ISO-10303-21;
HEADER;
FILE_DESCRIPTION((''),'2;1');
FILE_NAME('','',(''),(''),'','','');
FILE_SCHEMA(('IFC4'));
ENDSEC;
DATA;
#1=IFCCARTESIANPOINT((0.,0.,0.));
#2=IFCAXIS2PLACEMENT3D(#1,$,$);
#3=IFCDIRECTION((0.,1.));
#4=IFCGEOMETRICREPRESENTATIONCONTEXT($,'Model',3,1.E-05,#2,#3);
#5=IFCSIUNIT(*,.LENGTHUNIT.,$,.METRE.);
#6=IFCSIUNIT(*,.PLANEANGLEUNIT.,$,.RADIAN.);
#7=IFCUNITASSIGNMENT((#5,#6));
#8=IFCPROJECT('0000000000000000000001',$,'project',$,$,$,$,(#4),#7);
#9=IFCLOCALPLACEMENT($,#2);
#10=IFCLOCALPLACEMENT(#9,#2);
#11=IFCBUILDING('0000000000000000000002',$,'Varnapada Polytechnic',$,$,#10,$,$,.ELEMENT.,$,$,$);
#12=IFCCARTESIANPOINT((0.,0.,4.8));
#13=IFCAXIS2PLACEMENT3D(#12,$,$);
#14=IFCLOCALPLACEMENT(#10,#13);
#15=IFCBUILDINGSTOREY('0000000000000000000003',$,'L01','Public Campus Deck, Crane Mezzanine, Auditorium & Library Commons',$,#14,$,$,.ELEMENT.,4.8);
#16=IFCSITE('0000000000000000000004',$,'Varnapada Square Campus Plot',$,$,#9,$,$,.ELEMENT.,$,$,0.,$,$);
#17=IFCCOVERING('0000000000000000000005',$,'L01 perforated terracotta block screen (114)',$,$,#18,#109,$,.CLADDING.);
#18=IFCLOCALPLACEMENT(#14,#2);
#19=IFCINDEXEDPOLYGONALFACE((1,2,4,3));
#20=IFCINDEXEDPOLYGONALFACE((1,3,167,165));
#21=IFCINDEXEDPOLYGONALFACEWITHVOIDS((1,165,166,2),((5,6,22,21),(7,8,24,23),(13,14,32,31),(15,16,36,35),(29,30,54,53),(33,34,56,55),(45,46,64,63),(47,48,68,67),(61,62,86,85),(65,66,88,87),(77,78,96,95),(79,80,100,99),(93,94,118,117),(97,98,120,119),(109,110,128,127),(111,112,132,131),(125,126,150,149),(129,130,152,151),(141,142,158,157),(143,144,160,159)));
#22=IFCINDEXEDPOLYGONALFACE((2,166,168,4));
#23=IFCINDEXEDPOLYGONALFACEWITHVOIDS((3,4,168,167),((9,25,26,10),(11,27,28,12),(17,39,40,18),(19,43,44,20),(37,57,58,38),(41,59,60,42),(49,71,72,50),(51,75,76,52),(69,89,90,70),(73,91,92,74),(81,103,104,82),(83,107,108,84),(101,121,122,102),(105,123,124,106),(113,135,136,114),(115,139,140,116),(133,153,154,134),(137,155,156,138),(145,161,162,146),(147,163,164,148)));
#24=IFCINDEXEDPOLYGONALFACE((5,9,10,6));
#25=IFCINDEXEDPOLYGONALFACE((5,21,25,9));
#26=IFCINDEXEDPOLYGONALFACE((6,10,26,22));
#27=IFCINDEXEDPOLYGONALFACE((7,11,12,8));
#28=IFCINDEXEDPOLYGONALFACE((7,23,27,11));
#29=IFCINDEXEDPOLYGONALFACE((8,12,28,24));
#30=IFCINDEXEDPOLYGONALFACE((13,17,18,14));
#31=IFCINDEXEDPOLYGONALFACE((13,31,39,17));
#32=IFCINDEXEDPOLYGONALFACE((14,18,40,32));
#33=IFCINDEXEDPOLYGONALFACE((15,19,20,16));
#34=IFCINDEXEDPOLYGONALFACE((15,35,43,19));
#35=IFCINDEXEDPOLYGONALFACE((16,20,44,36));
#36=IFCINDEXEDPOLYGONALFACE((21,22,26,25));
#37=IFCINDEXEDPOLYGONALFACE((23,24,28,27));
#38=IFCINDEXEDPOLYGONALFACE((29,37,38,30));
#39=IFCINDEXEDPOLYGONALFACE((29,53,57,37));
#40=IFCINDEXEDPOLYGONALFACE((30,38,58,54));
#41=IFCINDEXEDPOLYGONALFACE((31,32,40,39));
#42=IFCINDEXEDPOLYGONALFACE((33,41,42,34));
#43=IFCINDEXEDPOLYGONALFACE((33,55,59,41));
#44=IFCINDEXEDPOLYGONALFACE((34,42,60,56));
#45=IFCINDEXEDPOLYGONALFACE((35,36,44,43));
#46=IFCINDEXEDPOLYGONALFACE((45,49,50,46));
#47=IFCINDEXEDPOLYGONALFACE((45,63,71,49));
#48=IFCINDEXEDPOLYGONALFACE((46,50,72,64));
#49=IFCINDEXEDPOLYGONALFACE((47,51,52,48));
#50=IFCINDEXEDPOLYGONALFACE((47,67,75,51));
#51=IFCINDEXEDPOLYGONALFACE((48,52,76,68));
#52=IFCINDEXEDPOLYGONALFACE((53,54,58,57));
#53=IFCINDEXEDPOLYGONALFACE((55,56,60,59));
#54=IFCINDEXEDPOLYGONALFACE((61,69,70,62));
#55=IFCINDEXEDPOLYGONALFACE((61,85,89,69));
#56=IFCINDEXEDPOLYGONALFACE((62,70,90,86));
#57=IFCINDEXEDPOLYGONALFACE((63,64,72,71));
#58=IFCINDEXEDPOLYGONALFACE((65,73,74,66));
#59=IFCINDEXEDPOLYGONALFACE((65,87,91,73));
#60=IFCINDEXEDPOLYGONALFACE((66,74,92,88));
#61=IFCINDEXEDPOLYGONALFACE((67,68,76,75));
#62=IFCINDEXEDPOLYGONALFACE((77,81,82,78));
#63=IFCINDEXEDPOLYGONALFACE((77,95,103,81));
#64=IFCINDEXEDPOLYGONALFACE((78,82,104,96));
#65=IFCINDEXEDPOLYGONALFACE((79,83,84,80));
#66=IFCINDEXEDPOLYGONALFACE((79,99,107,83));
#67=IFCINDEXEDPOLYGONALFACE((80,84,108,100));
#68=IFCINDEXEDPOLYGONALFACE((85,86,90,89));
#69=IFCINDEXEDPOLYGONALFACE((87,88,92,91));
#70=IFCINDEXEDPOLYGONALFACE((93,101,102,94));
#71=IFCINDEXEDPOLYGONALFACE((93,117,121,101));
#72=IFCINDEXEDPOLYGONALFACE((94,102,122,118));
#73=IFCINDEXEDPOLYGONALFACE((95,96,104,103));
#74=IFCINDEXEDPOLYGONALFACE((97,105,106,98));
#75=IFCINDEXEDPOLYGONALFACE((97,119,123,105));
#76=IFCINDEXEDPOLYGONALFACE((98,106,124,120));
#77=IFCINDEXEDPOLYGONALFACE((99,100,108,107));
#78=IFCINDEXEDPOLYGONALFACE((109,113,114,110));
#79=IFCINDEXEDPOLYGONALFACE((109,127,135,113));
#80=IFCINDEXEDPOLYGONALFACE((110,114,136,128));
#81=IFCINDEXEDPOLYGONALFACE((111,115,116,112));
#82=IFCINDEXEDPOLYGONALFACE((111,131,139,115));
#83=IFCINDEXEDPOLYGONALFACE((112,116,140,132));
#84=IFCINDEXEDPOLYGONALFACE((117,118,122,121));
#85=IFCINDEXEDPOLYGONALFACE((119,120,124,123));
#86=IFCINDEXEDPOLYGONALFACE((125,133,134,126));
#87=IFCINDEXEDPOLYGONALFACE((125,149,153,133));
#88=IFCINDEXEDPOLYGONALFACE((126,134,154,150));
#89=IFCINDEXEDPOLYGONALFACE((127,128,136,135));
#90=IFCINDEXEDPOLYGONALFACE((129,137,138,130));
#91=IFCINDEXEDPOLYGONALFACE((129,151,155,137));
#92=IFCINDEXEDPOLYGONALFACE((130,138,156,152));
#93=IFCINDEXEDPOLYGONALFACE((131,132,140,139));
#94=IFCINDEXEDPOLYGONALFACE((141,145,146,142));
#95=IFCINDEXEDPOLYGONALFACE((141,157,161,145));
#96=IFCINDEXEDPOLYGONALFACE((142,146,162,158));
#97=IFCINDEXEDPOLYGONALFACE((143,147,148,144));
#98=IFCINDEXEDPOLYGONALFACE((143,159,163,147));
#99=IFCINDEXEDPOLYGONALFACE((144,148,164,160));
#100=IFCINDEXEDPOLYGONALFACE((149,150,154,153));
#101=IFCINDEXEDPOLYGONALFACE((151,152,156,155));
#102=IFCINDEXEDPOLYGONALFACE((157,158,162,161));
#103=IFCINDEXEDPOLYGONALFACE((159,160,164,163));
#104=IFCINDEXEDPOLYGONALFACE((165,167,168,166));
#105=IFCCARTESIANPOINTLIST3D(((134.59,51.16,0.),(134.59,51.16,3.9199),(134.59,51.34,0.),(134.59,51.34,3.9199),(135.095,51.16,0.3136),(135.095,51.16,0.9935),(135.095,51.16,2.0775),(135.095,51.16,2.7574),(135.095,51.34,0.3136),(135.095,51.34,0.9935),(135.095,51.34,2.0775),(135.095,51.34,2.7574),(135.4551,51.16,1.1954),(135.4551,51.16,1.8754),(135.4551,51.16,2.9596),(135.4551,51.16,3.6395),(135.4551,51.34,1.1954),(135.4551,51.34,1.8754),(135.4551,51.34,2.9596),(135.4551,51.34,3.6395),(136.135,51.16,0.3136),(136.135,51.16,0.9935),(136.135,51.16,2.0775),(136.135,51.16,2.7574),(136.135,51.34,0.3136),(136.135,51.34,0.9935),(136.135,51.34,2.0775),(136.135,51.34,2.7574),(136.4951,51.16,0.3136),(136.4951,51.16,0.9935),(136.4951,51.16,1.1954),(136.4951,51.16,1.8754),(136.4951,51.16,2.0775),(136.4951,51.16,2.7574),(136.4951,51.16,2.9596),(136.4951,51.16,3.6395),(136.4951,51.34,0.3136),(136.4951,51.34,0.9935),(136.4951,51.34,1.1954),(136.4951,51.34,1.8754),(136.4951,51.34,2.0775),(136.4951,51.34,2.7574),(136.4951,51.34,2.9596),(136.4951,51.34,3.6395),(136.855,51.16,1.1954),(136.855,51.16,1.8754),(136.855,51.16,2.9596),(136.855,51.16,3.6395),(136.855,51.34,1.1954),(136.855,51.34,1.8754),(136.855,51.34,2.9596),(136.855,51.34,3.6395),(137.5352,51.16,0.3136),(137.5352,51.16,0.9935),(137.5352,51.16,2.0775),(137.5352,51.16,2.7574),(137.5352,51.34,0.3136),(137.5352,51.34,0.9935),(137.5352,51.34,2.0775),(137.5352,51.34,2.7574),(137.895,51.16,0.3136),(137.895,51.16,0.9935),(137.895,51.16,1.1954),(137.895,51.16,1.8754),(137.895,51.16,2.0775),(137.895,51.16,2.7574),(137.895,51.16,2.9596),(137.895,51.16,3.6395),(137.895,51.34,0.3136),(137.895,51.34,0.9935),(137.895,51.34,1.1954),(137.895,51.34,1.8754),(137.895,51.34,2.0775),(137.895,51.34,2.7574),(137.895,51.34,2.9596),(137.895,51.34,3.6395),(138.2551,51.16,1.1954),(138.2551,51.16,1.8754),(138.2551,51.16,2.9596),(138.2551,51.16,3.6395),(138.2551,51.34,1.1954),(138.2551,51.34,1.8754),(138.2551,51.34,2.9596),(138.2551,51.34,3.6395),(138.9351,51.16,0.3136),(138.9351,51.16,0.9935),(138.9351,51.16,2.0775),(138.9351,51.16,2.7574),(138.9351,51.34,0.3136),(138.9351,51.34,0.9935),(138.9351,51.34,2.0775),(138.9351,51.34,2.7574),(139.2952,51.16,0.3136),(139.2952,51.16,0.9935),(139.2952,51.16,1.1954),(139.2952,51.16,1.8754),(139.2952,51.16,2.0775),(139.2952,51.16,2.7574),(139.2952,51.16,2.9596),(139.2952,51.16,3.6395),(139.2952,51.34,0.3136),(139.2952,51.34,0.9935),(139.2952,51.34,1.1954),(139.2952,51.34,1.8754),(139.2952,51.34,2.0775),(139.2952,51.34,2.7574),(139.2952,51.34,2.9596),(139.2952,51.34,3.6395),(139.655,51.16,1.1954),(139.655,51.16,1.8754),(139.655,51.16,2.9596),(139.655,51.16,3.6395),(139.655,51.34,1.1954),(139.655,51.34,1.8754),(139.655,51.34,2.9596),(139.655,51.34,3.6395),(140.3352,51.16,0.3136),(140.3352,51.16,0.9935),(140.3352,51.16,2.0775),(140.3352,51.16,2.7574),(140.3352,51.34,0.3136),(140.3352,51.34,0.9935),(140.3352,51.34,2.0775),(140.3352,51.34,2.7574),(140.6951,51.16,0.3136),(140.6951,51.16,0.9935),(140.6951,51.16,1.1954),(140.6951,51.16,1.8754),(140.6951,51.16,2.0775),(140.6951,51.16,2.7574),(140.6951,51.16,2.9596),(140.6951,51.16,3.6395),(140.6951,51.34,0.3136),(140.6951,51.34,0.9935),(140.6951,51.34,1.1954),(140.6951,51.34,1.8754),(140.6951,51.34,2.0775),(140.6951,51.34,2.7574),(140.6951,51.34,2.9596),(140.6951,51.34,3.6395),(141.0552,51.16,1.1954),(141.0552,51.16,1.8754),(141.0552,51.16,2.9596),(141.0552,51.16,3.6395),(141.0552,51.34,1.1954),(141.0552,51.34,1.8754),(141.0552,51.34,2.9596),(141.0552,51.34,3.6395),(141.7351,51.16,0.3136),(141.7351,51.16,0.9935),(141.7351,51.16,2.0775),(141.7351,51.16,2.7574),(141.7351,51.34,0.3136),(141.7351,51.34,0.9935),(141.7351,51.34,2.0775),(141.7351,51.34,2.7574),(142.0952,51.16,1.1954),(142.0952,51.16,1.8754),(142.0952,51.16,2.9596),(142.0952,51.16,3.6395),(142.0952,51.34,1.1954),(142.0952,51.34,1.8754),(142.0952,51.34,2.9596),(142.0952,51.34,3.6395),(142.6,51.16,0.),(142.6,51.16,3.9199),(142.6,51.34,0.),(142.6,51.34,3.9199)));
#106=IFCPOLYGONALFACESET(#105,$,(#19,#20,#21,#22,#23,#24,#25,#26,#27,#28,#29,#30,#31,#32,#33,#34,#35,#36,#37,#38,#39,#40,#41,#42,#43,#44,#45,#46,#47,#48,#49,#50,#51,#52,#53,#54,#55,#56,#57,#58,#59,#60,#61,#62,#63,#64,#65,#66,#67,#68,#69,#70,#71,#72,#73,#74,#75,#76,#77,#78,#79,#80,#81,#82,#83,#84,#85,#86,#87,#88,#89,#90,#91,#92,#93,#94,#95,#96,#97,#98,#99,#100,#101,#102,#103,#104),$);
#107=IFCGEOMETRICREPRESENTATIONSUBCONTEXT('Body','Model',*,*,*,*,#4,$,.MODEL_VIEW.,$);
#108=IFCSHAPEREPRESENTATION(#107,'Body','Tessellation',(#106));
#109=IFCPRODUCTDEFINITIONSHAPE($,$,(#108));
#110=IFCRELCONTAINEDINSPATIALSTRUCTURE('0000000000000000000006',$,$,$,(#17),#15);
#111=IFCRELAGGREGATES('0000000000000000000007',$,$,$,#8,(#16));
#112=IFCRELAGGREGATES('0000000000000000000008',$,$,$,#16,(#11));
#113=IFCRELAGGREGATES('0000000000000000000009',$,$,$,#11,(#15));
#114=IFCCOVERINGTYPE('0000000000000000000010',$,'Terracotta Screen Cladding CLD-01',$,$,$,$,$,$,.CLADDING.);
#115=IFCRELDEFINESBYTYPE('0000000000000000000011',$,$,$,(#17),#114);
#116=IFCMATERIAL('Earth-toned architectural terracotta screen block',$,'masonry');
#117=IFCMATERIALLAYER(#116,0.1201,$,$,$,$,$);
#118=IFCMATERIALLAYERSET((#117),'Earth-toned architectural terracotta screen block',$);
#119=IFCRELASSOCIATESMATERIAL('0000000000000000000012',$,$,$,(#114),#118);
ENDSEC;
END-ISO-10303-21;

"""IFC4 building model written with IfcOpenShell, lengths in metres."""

from ifc_helpers import new_model, si_unit, direction, frame, frame_2d, origin, place, context, subcontext, project, spatial, rectangle, extrude, material, layer, layer_set, type_object, element, save


model = new_model("IFC4")

# Units and contexts
model_context = context("Model", 3, precision=1e-05, world=origin(), true_north=direction((0.0, 1.0)))
body_context = subcontext(model_context, "Body", "Model", "MODEL_VIEW")
ifc_project = project(units=[si_unit("LENGTHUNIT", "METRE"), si_unit("PLANEANGLEUNIT", "RADIAN")], contexts=[model_context])

# Site, building, storey
site_placement = place(None, origin())
site = spatial("IfcSite", under=ifc_project, at=site_placement, Name="Varnapada Square Campus Plot", CompositionType="ELEMENT", RefElevation=0.0)
building_placement = place(site_placement, origin())
building = spatial("IfcBuilding", under=site, at=building_placement, Name="Varnapada Polytechnic", CompositionType="ELEMENT")
storey_placement = place(building_placement, frame((0.0, 0.0, 4.8)))
storey = spatial("IfcBuildingStorey", under=building, at=storey_placement, Name="L01", Description="Public Campus Deck, Crane Mezzanine, Auditorium & Library Commons", CompositionType="ELEMENT", Elevation=4.8)

# Covering, openings
ifc_material_1 = material(Name="Earth-toned architectural terracotta screen block", Category="masonry")
ifc_layer_1 = layer(ifc_material_1, 0.1201)
ifc_layer_set_1 = layer_set([ifc_layer_1], Name="Earth-toned architectural terracotta screen block")
covering_type = type_object("IfcCoveringType", Name="Terracotta Screen Cladding CLD-01", PredefinedType="CLADDING", material=ifc_layer_set_1)
covering_placement = place(storey_placement, frame((134.5901, 51.25, 0.0), z_axis=(0.0, 0.0, 1.0), x_axis=(1.0, 0.0, 0.0)))
covering = element("IfcCovering", 1, at=covering_placement, inside=storey, type_object=covering_type, Name="L01 perforated terracotta block screen (114)", PredefinedType="CLADDING", context=body_context, shape_type="SweptSolid", body=[
    extrude(rectangle(XDim=8.01, YDim=0.1799, at=frame_2d((4.0049, 0.0))), origin(), (0.0, 0.0, 1.0), 3.9199),
])
opening_1_placement = place(covering_placement, frame((0.5049, 0.0, 0.3137)))
element("IfcOpeningElement", 2, at=opening_1_placement, cuts=covering, PredefinedType="OPENING", context=body_context, shape_type="SweptSolid", body=[
    extrude(rectangle(XDim=1.04, YDim=0.6799, at=frame_2d((0.52, 0.3398))), frame((0.0, 0.0999, 0.0), z_axis=(0.0, -1.0, 0.0), x_axis=(1.0, 0.0, 0.0)), (0.0, 0.0, 1.0), 0.2),
])
opening_2_placement = place(covering_placement, frame((1.905, 0.0, 0.3137)))
element("IfcOpeningElement", 3, at=opening_2_placement, cuts=covering, PredefinedType="OPENING", context=body_context, shape_type="SweptSolid", body=[
    extrude(rectangle(XDim=1.04, YDim=0.6799, at=frame_2d((0.52, 0.3398))), frame((0.0, 0.0999, 0.0), z_axis=(0.0, -1.0, 0.0), x_axis=(1.0, 0.0, 0.0)), (0.0, 0.0, 1.0), 0.2),
])
opening_3_placement = place(covering_placement, frame((3.3049, 0.0, 0.3137)))
element("IfcOpeningElement", 4, at=opening_3_placement, cuts=covering, PredefinedType="OPENING", context=body_context, shape_type="SweptSolid", body=[
    extrude(rectangle(XDim=1.04, YDim=0.6799, at=frame_2d((0.52, 0.3398))), frame((0.0, 0.0999, 0.0), z_axis=(0.0, -1.0, 0.0), x_axis=(1.0, 0.0, 0.0)), (0.0, 0.0, 1.0), 0.2),
])
opening_4_placement = place(covering_placement, frame((4.7051, 0.0, 0.3137)))
element("IfcOpeningElement", 5, at=opening_4_placement, cuts=covering, PredefinedType="OPENING", context=body_context, shape_type="SweptSolid", body=[
    extrude(rectangle(XDim=1.04, YDim=0.6799, at=frame_2d((0.52, 0.3398))), frame((0.0, 0.0999, 0.0), z_axis=(0.0, -1.0, 0.0), x_axis=(1.0, 0.0, 0.0)), (0.0, 0.0, 1.0), 0.2),
])
opening_5_placement = place(covering_placement, frame((6.105, 0.0, 0.3137)))
element("IfcOpeningElement", 6, at=opening_5_placement, cuts=covering, PredefinedType="OPENING", context=body_context, shape_type="SweptSolid", body=[
    extrude(rectangle(XDim=1.04, YDim=0.6799, at=frame_2d((0.52, 0.3398))), frame((0.0, 0.0999, 0.0), z_axis=(0.0, -1.0, 0.0), x_axis=(1.0, 0.0, 0.0)), (0.0, 0.0, 1.0), 0.2),
])
opening_6_placement = place(covering_placement, frame((0.865, 0.0, 1.1956)))
element("IfcOpeningElement", 7, at=opening_6_placement, cuts=covering, PredefinedType="OPENING", context=body_context, shape_type="SweptSolid", body=[
    extrude(rectangle(XDim=1.04, YDim=0.6799, at=frame_2d((0.52, 0.3398))), frame((0.0, 0.0999, 0.0), z_axis=(0.0, -1.0, 0.0), x_axis=(1.0, 0.0, 0.0)), (0.0, 0.0, 1.0), 0.2),
])
opening_7_placement = place(covering_placement, frame((2.2649, 0.0, 1.1956)))
element("IfcOpeningElement", 8, at=opening_7_placement, cuts=covering, PredefinedType="OPENING", context=body_context, shape_type="SweptSolid", body=[
    extrude(rectangle(XDim=1.04, YDim=0.6799, at=frame_2d((0.52, 0.3398))), frame((0.0, 0.0999, 0.0), z_axis=(0.0, -1.0, 0.0), x_axis=(1.0, 0.0, 0.0)), (0.0, 0.0, 1.0), 0.2),
])
opening_8_placement = place(covering_placement, frame((3.665, 0.0, 1.1956)))
element("IfcOpeningElement", 9, at=opening_8_placement, cuts=covering, PredefinedType="OPENING", context=body_context, shape_type="SweptSolid", body=[
    extrude(rectangle(XDim=1.04, YDim=0.6799, at=frame_2d((0.52, 0.3398))), frame((0.0, 0.0999, 0.0), z_axis=(0.0, -1.0, 0.0), x_axis=(1.0, 0.0, 0.0)), (0.0, 0.0, 1.0), 0.2),
])
opening_9_placement = place(covering_placement, frame((5.0649, 0.0, 1.1956)))
element("IfcOpeningElement", 10, at=opening_9_placement, cuts=covering, PredefinedType="OPENING", context=body_context, shape_type="SweptSolid", body=[
    extrude(rectangle(XDim=1.04, YDim=0.6799, at=frame_2d((0.52, 0.3398))), frame((0.0, 0.0999, 0.0), z_axis=(0.0, -1.0, 0.0), x_axis=(1.0, 0.0, 0.0)), (0.0, 0.0, 1.0), 0.2),
])
opening_10_placement = place(covering_placement, frame((6.4651, 0.0, 1.1956)))
element("IfcOpeningElement", 11, at=opening_10_placement, cuts=covering, PredefinedType="OPENING", context=body_context, shape_type="SweptSolid", body=[
    extrude(rectangle(XDim=1.04, YDim=0.6799, at=frame_2d((0.52, 0.3398))), frame((0.0, 0.0999, 0.0), z_axis=(0.0, -1.0, 0.0), x_axis=(1.0, 0.0, 0.0)), (0.0, 0.0, 1.0), 0.2),
])
opening_11_placement = place(covering_placement, frame((0.5049, 0.0, 2.0776)))
element("IfcOpeningElement", 12, at=opening_11_placement, cuts=covering, PredefinedType="OPENING", context=body_context, shape_type="SweptSolid", body=[
    extrude(rectangle(XDim=1.04, YDim=0.6799, at=frame_2d((0.52, 0.3398))), frame((0.0, 0.0999, 0.0), z_axis=(0.0, -1.0, 0.0), x_axis=(1.0, 0.0, 0.0)), (0.0, 0.0, 1.0), 0.2),
])
opening_12_placement = place(covering_placement, frame((1.905, 0.0, 2.0776)))
element("IfcOpeningElement", 13, at=opening_12_placement, cuts=covering, PredefinedType="OPENING", context=body_context, shape_type="SweptSolid", body=[
    extrude(rectangle(XDim=1.04, YDim=0.6799, at=frame_2d((0.52, 0.3398))), frame((0.0, 0.0999, 0.0), z_axis=(0.0, -1.0, 0.0), x_axis=(1.0, 0.0, 0.0)), (0.0, 0.0, 1.0), 0.2),
])
opening_13_placement = place(covering_placement, frame((3.3049, 0.0, 2.0776)))
element("IfcOpeningElement", 14, at=opening_13_placement, cuts=covering, PredefinedType="OPENING", context=body_context, shape_type="SweptSolid", body=[
    extrude(rectangle(XDim=1.04, YDim=0.6799, at=frame_2d((0.52, 0.3398))), frame((0.0, 0.0999, 0.0), z_axis=(0.0, -1.0, 0.0), x_axis=(1.0, 0.0, 0.0)), (0.0, 0.0, 1.0), 0.2),
])
opening_14_placement = place(covering_placement, frame((4.7051, 0.0, 2.0776)))
element("IfcOpeningElement", 15, at=opening_14_placement, cuts=covering, PredefinedType="OPENING", context=body_context, shape_type="SweptSolid", body=[
    extrude(rectangle(XDim=1.04, YDim=0.6799, at=frame_2d((0.52, 0.3398))), frame((0.0, 0.0999, 0.0), z_axis=(0.0, -1.0, 0.0), x_axis=(1.0, 0.0, 0.0)), (0.0, 0.0, 1.0), 0.2),
])
opening_15_placement = place(covering_placement, frame((6.105, 0.0, 2.0776)))
element("IfcOpeningElement", 16, at=opening_15_placement, cuts=covering, PredefinedType="OPENING", context=body_context, shape_type="SweptSolid", body=[
    extrude(rectangle(XDim=1.04, YDim=0.6799, at=frame_2d((0.52, 0.3398))), frame((0.0, 0.0999, 0.0), z_axis=(0.0, -1.0, 0.0), x_axis=(1.0, 0.0, 0.0)), (0.0, 0.0, 1.0), 0.2),
])
opening_16_placement = place(covering_placement, frame((0.865, 0.0, 2.9597)))
element("IfcOpeningElement", 17, at=opening_16_placement, cuts=covering, PredefinedType="OPENING", context=body_context, shape_type="SweptSolid", body=[
    extrude(rectangle(XDim=1.04, YDim=0.6799, at=frame_2d((0.52, 0.3398))), frame((0.0, 0.0999, 0.0), z_axis=(0.0, -1.0, 0.0), x_axis=(1.0, 0.0, 0.0)), (0.0, 0.0, 1.0), 0.2),
])
opening_17_placement = place(covering_placement, frame((2.2649, 0.0, 2.9597)))
element("IfcOpeningElement", 18, at=opening_17_placement, cuts=covering, PredefinedType="OPENING", context=body_context, shape_type="SweptSolid", body=[
    extrude(rectangle(XDim=1.04, YDim=0.6799, at=frame_2d((0.52, 0.3398))), frame((0.0, 0.0999, 0.0), z_axis=(0.0, -1.0, 0.0), x_axis=(1.0, 0.0, 0.0)), (0.0, 0.0, 1.0), 0.2),
])
opening_18_placement = place(covering_placement, frame((3.665, 0.0, 2.9597)))
element("IfcOpeningElement", 19, at=opening_18_placement, cuts=covering, PredefinedType="OPENING", context=body_context, shape_type="SweptSolid", body=[
    extrude(rectangle(XDim=1.04, YDim=0.6799, at=frame_2d((0.52, 0.3398))), frame((0.0, 0.0999, 0.0), z_axis=(0.0, -1.0, 0.0), x_axis=(1.0, 0.0, 0.0)), (0.0, 0.0, 1.0), 0.2),
])
opening_19_placement = place(covering_placement, frame((5.0649, 0.0, 2.9597)))
element("IfcOpeningElement", 20, at=opening_19_placement, cuts=covering, PredefinedType="OPENING", context=body_context, shape_type="SweptSolid", body=[
    extrude(rectangle(XDim=1.04, YDim=0.6799, at=frame_2d((0.52, 0.3398))), frame((0.0, 0.0999, 0.0), z_axis=(0.0, -1.0, 0.0), x_axis=(1.0, 0.0, 0.0)), (0.0, 0.0, 1.0), 0.2),
])
opening_20_placement = place(covering_placement, frame((6.4651, 0.0, 2.9597)))
element("IfcOpeningElement", 21, at=opening_20_placement, cuts=covering, PredefinedType="OPENING", context=body_context, shape_type="SweptSolid", body=[
    extrude(rectangle(XDim=1.04, YDim=0.6799, at=frame_2d((0.52, 0.3398))), frame((0.0, 0.0999, 0.0), z_axis=(0.0, -1.0, 0.0), x_axis=(1.0, 0.0, 0.0)), (0.0, 0.0, 1.0), 0.2),
])

save(model, "model.ifc")
